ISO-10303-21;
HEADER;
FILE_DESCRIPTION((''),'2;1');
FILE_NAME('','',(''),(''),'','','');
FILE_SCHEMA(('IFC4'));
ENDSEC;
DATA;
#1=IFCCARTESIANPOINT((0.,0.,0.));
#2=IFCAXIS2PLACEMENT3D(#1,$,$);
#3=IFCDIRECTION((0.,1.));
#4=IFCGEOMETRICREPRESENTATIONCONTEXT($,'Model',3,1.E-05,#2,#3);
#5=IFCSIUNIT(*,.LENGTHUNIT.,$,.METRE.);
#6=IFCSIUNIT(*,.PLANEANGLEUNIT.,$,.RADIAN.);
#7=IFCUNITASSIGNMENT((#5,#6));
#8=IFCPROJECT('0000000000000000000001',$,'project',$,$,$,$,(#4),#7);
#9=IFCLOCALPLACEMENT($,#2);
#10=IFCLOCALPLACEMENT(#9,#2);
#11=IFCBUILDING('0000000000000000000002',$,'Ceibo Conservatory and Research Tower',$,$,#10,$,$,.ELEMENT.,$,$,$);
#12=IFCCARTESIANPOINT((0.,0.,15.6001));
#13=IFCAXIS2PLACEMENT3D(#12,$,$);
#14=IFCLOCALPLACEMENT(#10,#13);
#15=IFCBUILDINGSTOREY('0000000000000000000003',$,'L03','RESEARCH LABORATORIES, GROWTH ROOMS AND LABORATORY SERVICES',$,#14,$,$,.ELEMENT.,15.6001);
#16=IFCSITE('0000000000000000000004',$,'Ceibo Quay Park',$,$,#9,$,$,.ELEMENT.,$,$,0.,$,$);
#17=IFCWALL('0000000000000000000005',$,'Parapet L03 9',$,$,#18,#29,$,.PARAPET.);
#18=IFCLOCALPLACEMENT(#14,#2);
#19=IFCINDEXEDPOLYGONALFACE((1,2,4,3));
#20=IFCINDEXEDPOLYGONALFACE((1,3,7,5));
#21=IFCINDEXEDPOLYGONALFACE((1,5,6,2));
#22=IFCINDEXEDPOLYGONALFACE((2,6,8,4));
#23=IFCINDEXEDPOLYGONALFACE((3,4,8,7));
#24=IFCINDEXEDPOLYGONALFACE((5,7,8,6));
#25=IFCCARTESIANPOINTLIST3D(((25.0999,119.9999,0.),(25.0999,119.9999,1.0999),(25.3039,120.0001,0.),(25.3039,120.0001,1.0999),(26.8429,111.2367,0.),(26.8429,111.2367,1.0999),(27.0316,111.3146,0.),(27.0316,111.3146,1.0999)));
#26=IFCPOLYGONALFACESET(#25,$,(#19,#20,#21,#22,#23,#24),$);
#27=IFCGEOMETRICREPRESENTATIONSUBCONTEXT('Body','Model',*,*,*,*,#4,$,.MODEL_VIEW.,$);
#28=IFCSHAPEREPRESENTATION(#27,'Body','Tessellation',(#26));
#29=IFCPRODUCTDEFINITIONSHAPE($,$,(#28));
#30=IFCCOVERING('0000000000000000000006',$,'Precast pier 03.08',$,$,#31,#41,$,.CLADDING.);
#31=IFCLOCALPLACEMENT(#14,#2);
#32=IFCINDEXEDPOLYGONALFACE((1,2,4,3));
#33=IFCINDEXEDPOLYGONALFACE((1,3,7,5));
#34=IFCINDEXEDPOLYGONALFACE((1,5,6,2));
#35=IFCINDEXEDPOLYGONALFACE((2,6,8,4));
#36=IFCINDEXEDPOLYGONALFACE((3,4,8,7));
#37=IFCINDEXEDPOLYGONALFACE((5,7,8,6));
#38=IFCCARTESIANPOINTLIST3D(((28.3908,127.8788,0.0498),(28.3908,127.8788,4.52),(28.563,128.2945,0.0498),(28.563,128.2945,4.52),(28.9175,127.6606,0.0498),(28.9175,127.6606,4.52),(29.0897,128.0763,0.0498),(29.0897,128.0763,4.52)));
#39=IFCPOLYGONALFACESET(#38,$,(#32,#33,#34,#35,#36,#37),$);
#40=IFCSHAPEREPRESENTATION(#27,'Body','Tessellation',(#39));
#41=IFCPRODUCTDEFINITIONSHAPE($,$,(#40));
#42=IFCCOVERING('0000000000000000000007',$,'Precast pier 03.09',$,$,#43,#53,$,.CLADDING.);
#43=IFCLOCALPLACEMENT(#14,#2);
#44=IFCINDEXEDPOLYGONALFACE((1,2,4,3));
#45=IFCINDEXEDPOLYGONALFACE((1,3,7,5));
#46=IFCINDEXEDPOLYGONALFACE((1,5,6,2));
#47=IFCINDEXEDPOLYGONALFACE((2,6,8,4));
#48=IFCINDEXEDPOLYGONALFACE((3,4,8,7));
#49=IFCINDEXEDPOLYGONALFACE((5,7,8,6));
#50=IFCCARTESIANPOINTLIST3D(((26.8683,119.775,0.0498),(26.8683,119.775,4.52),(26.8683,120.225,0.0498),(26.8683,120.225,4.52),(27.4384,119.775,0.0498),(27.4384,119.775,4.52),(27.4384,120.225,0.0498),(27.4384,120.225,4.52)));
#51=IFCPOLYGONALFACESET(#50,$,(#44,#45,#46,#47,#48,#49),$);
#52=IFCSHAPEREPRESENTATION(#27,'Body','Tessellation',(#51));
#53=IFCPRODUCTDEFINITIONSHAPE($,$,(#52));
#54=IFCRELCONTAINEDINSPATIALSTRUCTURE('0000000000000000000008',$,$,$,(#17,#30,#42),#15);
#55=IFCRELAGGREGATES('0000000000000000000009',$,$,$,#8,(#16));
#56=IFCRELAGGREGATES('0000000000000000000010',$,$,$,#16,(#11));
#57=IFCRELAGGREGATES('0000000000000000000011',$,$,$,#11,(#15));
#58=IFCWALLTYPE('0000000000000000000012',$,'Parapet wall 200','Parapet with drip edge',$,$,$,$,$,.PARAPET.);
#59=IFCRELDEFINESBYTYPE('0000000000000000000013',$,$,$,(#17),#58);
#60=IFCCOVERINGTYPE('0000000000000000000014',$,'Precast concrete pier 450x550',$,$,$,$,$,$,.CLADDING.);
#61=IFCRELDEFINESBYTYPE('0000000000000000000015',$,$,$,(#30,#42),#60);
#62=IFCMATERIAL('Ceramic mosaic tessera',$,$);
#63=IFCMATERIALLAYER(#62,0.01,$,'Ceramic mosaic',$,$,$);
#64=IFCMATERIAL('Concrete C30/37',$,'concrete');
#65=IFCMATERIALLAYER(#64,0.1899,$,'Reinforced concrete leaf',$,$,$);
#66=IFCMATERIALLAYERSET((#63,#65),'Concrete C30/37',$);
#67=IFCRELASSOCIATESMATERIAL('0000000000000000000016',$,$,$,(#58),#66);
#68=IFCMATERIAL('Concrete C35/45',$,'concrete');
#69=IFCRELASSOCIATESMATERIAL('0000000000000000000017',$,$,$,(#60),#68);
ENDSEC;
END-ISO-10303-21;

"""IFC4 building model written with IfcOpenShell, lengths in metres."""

from ifc_helpers import new_model, si_unit, direction, frame, origin, origin_2d, place, context, subcontext, project, spatial, polyline, rectangle, outline, extrude, material, layer, layer_set, type_object, element, save


model = new_model("IFC4")

# Units and contexts
model_context = context("Model", 3, precision=1e-05, world=origin(), true_north=direction((0.0, 1.0)))
body_context = subcontext(model_context, "Body", "Model", "MODEL_VIEW")
ifc_project = project(units=[si_unit("LENGTHUNIT", "METRE"), si_unit("PLANEANGLEUNIT", "RADIAN")], contexts=[model_context])

# Site, building, storey
site_placement = place(None, origin())
site = spatial("IfcSite", under=ifc_project, at=site_placement, Name="Ceibo Quay Park", CompositionType="ELEMENT", RefElevation=0.0)
building_placement = place(site_placement, origin())
building = spatial("IfcBuilding", under=site, at=building_placement, Name="Ceibo Conservatory and Research Tower", CompositionType="ELEMENT")
storey_placement = place(building_placement, frame((0.0, 0.0, 15.6001)))
storey = spatial("IfcBuildingStorey", under=building, at=storey_placement, Name="L03", Description="RESEARCH LABORATORIES, GROWTH ROOMS AND LABORATORY SERVICES", CompositionType="ELEMENT", Elevation=15.6001)

# Shared definitions
ifc_material_1 = material(Name="Concrete C35/45", Category="concrete")

# Wall
ifc_material_2 = material(Name="Ceramic mosaic tessera")
ifc_layer_1 = layer(ifc_material_2, 0.01, Name="Ceramic mosaic")
ifc_material_3 = material(Name="Concrete C30/37", Category="concrete")
ifc_layer_2 = layer(ifc_material_3, 0.1899, Name="Reinforced concrete leaf")
ifc_layer_set_1 = layer_set([ifc_layer_1, ifc_layer_2], Name="Concrete C30/37")
wall_type = type_object("IfcWallType", Name="Parapet wall 200", Description="Parapet with drip edge", PredefinedType="PARAPET", material=ifc_layer_set_1)
wall_placement = place(storey_placement, frame((25.2019, 120.0, 0.0), z_axis=(0.0, 0.0, 1.0), x_axis=(0.195087, -0.980786, 0.0)))
element("IfcWall", 1, at=wall_placement, inside=storey, type_object=wall_type, Name="Parapet L03 9", PredefinedType="PARAPET", context=body_context, shape_type="SweptSolid", body=[
    extrude(outline(polyline([(-0.0198, -0.1001), (8.915, -0.1001), (8.8755, 0.1001), (0.0198, 0.1001), (-0.0198, -0.1001)])), origin(), (0.0, 0.0, 1.0), 1.0999),
])

# Coverings
covering_type = type_object("IfcCoveringType", Name="Precast concrete pier 450x550", PredefinedType="CLADDING", material=ifc_material_1)
for number, where, z_axis, x_axis, name in (
    (2, (28.7402, 127.9775, 0.0498), (0.0, 0.0, 1.0), (-0.92388, 0.382683, 0.0), "Precast pier 03.08"),
    (3, (27.1533, 120.0, 0.0498), (0.0, 0.0, 1.0), (-1.0, 0.0, 0.0), "Precast pier 03.09"),
):
    element("IfcCovering", number, at=place(storey_placement, frame(where, z_axis=z_axis, x_axis=x_axis)), inside=storey, type_object=covering_type, Name=name, PredefinedType="CLADDING", context=body_context, shape_type="SweptSolid", body=[
        extrude(rectangle(XDim=0.5701, YDim=0.45, at=origin_2d()), origin(), (0.0, 0.0, 1.0), 4.4702),
    ])

save(model, "model.ifc")
